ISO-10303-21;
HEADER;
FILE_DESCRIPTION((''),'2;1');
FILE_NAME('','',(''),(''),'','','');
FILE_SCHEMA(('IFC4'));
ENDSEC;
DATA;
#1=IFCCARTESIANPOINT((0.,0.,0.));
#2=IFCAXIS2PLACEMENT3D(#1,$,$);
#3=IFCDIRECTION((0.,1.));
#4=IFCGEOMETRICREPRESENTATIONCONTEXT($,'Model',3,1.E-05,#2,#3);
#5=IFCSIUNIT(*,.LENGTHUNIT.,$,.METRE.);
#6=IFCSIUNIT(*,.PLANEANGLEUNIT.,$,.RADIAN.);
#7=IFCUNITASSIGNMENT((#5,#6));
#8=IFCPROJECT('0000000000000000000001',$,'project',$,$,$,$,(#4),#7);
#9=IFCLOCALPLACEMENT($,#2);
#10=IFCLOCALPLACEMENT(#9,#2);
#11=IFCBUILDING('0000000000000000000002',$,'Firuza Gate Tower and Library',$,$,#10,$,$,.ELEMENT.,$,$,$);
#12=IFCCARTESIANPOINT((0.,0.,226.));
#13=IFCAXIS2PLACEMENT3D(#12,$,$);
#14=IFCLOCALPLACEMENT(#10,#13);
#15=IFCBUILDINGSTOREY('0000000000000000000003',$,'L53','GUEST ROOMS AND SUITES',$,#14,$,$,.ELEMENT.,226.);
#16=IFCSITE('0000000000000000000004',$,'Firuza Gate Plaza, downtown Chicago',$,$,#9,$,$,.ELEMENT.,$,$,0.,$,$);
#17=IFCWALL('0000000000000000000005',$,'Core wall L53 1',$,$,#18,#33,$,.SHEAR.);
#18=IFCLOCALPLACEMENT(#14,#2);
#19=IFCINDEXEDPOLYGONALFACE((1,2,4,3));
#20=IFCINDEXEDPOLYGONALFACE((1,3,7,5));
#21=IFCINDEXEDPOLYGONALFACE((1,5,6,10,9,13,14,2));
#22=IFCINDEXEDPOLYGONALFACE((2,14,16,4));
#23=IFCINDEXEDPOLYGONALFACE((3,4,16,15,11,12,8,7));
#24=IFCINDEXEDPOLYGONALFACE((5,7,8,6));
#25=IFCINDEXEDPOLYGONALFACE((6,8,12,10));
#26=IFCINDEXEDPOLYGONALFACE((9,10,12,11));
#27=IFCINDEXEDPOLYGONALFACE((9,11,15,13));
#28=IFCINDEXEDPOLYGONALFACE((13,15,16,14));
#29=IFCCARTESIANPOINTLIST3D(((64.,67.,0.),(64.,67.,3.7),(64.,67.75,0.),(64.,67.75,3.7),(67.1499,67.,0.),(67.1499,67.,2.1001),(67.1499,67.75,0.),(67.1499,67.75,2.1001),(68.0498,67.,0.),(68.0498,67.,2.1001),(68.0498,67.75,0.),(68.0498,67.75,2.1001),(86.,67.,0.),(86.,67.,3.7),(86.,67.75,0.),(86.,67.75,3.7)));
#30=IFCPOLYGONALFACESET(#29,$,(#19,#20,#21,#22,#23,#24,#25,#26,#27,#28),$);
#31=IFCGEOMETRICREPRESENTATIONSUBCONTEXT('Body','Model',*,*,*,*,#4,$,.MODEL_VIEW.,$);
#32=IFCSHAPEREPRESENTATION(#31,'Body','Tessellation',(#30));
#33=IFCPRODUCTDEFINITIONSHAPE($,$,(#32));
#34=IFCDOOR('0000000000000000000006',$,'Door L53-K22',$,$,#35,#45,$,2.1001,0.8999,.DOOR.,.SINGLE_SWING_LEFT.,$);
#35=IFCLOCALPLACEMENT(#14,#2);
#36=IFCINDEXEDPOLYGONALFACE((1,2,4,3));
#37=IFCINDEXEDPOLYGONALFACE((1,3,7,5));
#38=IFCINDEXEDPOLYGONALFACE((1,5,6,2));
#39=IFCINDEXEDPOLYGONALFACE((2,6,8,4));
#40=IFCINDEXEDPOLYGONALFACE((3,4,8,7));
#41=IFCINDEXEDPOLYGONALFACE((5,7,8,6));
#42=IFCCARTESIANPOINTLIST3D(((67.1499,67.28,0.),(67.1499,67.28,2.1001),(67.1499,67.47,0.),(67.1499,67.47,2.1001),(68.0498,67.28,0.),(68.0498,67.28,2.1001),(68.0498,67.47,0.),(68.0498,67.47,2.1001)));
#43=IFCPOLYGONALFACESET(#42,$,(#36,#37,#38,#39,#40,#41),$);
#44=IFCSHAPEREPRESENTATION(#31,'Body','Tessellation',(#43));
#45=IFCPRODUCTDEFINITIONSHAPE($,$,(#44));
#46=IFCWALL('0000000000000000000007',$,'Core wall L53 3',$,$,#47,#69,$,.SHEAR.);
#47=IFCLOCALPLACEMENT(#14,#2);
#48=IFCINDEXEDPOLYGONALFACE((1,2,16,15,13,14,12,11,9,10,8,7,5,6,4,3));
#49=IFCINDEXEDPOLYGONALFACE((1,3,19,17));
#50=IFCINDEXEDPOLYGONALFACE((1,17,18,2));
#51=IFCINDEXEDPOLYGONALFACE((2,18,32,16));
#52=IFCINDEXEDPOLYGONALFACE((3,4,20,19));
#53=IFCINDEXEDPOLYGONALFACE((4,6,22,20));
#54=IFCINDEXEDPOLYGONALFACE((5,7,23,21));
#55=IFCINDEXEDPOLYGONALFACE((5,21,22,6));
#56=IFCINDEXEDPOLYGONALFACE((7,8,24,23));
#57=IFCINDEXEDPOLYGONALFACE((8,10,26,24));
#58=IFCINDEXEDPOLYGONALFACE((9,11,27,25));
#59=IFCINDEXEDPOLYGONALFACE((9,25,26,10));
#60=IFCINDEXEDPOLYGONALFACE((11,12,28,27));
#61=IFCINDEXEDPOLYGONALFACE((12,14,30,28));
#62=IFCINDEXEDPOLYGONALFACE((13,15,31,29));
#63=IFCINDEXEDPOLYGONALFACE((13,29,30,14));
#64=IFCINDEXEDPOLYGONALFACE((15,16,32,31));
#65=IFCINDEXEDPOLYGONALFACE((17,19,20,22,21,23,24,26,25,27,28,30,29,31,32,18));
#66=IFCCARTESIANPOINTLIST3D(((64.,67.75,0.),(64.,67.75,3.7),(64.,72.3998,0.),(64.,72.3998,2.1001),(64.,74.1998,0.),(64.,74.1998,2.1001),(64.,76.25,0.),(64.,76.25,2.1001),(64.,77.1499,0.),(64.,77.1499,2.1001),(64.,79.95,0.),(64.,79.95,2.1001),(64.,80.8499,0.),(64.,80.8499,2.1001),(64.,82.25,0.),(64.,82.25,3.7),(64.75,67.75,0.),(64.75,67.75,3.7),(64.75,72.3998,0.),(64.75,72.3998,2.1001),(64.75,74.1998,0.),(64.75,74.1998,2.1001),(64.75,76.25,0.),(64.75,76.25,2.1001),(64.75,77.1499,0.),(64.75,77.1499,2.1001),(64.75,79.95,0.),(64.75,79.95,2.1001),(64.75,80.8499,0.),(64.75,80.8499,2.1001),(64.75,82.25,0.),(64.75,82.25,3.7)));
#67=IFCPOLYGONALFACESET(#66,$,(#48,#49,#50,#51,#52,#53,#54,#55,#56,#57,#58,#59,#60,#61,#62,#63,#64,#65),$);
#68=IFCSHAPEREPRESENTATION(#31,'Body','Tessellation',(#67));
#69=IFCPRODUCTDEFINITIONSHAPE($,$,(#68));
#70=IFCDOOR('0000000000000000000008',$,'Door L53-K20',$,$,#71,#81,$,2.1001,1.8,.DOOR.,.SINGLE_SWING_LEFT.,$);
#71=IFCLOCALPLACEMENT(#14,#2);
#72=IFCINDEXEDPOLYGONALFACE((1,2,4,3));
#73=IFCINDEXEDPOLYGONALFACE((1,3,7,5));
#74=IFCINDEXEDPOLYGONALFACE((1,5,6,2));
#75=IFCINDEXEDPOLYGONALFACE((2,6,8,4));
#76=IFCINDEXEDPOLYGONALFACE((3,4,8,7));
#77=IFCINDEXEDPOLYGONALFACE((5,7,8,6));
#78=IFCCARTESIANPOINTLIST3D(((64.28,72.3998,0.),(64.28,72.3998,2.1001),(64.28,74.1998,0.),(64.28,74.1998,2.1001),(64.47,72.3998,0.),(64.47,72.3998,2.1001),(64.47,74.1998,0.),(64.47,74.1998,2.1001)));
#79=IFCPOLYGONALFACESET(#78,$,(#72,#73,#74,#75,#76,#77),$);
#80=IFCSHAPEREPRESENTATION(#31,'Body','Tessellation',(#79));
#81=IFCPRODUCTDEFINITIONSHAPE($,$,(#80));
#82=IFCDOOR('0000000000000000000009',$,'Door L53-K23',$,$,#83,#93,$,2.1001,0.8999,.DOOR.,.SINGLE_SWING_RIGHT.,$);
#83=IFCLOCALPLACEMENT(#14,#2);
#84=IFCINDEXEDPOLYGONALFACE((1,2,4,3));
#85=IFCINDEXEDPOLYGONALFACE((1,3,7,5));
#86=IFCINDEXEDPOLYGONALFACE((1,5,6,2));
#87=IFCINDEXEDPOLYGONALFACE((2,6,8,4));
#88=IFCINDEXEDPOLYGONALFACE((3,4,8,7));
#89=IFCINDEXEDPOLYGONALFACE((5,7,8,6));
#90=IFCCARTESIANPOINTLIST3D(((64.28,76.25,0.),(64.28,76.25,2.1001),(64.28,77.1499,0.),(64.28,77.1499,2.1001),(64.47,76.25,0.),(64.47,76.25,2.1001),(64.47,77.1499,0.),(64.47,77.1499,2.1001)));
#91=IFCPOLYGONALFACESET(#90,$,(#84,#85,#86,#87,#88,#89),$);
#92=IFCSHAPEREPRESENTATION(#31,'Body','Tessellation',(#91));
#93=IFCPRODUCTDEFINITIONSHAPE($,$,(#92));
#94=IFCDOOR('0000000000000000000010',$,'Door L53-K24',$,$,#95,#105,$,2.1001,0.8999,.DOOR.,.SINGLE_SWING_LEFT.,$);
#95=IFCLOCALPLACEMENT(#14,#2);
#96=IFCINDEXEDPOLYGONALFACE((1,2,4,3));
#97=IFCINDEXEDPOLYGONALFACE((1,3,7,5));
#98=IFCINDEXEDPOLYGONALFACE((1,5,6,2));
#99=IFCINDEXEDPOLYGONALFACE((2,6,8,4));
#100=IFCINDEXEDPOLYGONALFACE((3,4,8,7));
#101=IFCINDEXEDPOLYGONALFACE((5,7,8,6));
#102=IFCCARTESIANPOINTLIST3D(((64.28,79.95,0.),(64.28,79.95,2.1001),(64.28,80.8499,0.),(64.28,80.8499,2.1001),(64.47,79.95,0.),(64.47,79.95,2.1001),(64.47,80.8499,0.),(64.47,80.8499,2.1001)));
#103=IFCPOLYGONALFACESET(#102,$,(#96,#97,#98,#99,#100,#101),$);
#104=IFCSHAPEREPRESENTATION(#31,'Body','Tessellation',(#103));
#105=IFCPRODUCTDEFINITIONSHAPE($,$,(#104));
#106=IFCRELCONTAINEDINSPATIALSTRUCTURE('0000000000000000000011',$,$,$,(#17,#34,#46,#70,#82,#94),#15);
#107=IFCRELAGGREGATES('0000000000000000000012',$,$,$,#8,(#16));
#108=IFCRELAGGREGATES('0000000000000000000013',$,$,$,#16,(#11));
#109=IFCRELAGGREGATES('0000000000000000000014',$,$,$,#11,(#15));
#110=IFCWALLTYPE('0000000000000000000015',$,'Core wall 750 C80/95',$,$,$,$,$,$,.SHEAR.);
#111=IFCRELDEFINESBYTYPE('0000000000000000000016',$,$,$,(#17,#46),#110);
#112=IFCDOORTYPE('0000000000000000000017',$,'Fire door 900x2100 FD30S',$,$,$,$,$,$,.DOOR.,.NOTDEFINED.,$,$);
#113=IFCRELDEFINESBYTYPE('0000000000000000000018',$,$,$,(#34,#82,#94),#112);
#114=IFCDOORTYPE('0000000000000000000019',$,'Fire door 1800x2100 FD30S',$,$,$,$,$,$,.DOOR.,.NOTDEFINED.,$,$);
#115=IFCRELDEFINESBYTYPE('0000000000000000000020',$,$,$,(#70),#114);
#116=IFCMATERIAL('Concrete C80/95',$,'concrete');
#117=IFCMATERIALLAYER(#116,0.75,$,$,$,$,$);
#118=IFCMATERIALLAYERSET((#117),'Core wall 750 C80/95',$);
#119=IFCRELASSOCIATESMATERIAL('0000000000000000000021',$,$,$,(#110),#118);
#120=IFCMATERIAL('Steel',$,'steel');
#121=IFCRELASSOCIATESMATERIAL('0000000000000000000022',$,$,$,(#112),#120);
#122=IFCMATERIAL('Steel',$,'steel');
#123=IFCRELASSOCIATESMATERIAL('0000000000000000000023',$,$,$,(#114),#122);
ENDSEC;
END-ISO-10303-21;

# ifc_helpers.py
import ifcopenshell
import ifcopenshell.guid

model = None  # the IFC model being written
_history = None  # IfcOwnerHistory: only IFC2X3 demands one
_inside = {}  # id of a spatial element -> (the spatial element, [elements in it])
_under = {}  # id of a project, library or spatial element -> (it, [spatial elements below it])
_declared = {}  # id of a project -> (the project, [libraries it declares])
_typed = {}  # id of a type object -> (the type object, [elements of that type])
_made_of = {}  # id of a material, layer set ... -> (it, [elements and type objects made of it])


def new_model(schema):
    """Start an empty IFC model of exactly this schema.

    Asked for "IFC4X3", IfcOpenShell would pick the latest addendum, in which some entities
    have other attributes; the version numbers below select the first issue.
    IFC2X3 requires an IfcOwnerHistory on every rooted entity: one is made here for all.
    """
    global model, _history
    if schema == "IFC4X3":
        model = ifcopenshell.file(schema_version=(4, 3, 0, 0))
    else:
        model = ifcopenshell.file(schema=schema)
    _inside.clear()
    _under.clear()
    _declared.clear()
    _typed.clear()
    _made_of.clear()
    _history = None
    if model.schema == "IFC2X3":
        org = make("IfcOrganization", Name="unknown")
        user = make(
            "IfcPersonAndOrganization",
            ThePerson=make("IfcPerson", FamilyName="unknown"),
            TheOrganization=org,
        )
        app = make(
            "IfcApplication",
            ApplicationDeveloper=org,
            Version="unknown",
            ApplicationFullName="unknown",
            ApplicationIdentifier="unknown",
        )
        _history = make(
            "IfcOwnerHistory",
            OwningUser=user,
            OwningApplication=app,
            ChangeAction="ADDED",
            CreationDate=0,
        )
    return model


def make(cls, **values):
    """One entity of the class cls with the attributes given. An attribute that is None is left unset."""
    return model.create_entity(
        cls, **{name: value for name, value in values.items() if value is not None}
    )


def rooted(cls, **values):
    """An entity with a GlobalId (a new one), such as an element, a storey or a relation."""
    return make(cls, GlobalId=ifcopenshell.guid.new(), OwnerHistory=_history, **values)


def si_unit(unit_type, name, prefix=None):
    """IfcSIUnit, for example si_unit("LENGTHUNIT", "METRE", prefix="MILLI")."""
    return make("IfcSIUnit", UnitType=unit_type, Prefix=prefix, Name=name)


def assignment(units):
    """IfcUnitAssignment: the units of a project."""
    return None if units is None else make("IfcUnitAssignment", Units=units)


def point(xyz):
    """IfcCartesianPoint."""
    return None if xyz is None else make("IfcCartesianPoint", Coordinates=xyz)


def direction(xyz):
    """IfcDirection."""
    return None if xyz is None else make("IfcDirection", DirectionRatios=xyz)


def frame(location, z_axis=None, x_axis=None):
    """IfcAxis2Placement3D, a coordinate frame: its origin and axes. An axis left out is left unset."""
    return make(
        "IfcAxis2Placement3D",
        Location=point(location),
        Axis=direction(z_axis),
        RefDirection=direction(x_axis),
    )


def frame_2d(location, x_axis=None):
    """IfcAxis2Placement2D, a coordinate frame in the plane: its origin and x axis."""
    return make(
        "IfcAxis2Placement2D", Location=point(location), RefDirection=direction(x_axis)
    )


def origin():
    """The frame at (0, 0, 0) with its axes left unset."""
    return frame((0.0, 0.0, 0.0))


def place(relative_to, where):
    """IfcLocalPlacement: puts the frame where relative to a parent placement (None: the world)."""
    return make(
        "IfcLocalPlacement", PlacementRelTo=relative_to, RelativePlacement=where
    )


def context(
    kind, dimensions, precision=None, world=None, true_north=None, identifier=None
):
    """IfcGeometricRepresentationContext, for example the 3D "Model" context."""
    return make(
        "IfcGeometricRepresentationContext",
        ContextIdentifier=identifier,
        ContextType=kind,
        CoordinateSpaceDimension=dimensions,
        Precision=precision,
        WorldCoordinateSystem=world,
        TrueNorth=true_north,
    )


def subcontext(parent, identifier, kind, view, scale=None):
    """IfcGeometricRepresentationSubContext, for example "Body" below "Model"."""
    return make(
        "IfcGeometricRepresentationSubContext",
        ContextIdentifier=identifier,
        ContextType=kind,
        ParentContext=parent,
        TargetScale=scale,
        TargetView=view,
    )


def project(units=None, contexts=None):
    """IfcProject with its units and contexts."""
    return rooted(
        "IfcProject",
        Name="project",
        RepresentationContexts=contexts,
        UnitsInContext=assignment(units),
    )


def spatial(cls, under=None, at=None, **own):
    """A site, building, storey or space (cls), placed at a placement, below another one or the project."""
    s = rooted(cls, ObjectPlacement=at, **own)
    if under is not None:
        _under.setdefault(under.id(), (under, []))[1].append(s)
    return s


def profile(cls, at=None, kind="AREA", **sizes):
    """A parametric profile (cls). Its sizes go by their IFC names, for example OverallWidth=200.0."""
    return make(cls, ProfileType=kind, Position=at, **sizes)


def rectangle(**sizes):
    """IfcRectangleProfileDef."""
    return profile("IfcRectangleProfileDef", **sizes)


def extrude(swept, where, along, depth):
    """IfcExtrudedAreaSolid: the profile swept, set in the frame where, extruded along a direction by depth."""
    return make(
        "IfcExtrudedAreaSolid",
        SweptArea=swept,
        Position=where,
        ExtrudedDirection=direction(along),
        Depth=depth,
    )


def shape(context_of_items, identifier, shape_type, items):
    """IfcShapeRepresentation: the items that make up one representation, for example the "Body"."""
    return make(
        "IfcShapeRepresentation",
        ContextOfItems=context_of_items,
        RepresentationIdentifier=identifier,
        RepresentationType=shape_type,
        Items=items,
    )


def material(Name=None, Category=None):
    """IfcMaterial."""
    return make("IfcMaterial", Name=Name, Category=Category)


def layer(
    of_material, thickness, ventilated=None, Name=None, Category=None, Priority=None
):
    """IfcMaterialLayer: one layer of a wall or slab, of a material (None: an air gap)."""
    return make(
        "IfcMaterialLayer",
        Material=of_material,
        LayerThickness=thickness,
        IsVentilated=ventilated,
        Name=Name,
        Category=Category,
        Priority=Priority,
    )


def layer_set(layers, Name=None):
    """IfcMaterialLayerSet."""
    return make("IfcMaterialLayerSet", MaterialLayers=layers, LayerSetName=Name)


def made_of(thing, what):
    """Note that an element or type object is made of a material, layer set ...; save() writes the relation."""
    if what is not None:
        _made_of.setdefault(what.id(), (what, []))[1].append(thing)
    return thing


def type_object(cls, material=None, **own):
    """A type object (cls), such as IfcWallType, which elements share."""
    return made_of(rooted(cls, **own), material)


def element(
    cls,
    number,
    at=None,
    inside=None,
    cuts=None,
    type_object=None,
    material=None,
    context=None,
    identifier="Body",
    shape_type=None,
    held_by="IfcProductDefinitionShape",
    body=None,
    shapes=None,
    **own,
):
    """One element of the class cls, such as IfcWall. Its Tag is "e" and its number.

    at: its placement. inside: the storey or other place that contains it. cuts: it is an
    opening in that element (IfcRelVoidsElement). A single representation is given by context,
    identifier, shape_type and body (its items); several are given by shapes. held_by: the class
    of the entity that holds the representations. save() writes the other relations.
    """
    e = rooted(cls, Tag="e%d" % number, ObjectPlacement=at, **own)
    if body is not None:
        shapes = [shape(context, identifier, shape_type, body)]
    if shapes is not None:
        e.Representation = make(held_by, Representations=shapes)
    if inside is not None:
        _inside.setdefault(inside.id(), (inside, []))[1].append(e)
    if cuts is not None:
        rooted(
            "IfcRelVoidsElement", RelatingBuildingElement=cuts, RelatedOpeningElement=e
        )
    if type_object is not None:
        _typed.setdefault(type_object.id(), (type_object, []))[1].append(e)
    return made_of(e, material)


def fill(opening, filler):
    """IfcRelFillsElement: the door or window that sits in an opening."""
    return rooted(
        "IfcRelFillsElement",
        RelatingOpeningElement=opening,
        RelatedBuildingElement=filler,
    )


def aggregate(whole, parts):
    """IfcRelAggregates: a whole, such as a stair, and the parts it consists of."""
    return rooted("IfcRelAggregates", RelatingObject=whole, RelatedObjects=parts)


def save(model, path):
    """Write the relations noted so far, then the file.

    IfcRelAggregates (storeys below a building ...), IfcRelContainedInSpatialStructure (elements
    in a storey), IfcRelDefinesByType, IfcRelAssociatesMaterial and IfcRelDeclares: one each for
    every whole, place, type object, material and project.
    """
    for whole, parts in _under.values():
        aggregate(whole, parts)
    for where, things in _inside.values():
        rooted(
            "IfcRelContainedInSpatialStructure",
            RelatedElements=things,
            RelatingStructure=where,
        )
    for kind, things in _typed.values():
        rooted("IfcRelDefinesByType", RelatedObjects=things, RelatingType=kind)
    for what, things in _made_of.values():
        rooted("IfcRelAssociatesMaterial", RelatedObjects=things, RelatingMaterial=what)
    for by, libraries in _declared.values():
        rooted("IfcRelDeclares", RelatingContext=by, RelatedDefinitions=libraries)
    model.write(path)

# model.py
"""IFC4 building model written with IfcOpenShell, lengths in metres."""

from ifc_helpers import new_model, si_unit, direction, frame, frame_2d, origin, place, context, subcontext, project, spatial, rectangle, extrude, material, layer, layer_set, type_object, element, fill, save


model = new_model("IFC4")

# Units and contexts
model_context = context("Model", 3, precision=1e-05, world=origin(), true_north=direction((0.0, 1.0)))
body_context = subcontext(model_context, "Body", "Model", "MODEL_VIEW")
ifc_project = project(units=[si_unit("LENGTHUNIT", "METRE"), si_unit("PLANEANGLEUNIT", "RADIAN")], contexts=[model_context])

# Site, building, storey
site_placement = place(None, origin())
site = spatial("IfcSite", under=ifc_project, at=site_placement, Name="Firuza Gate Plaza, downtown Chicago", CompositionType="ELEMENT", RefElevation=0.0)
building_placement = place(site_placement, origin())
building = spatial("IfcBuilding", under=site, at=building_placement, Name="Firuza Gate Tower and Library", CompositionType="ELEMENT")
storey_placement = place(building_placement, frame((0.0, 0.0, 226.0)))
storey = spatial("IfcBuildingStorey", under=building, at=storey_placement, Name="L53", Description="GUEST ROOMS AND SUITES", CompositionType="ELEMENT", Elevation=226.0)

# Wall, opening, door
ifc_material_1 = material(Name="Concrete C80/95", Category="concrete")
ifc_layer_1 = layer(ifc_material_1, 0.75)
ifc_layer_set_1 = layer_set([ifc_layer_1], Name="Core wall 750 C80/95")
wall_type_1 = type_object("IfcWallType", Name="Core wall 750 C80/95", PredefinedType="SHEAR", material=ifc_layer_set_1)
wall_1_placement = place(storey_placement, frame((64.0, 67.375, 0.0), z_axis=(0.0, 0.0, 1.0), x_axis=(1.0, 0.0, 0.0)))
wall_1 = element("IfcWall", 1, at=wall_1_placement, inside=storey, type_object=wall_type_1, Name="Core wall L53 1", PredefinedType="SHEAR", context=body_context, shape_type="SweptSolid", body=[
    extrude(rectangle(XDim=22.0, YDim=0.75, at=frame_2d((11.0, 0.0))), origin(), (0.0, 0.0, 1.0), 3.7),
])
opening_1_placement = place(wall_1_placement, frame((3.1499, 0.0, 0.0)))
opening_1 = element("IfcOpeningElement", 2, at=opening_1_placement, cuts=wall_1, PredefinedType="OPENING", context=body_context, shape_type="SweptSolid", body=[
    extrude(rectangle(XDim=0.8999, YDim=2.1001, at=frame_2d((0.45, 1.05))), frame((0.0, 0.385, 0.0), z_axis=(0.0, -1.0, 0.0), x_axis=(1.0, 0.0, 0.0)), (0.0, 0.0, 1.0), 0.77),
])
ifc_material_2 = material(Name="Steel", Category="steel")
door_type_1 = type_object("IfcDoorType", Name="Fire door 900x2100 FD30S", OperationType="NOTDEFINED", PredefinedType="DOOR", material=ifc_material_2)
door_1_placement = place(opening_1_placement, origin())
door_1 = element("IfcDoor", 3, at=door_1_placement, inside=storey, type_object=door_type_1, Name="Door L53-K22", OperationType="SINGLE_SWING_LEFT", OverallHeight=2.1001, OverallWidth=0.8999, PredefinedType="DOOR", context=body_context, shape_type="SweptSolid", body=[
    extrude(rectangle(XDim=0.8999, YDim=2.1001, at=frame_2d((0.45, 1.05))), frame((0.0, 0.095, 0.0), z_axis=(0.0, -1.0, 0.0), x_axis=(1.0, 0.0, 0.0)), (0.0, 0.0, 1.0), 0.1899),
])
fill(opening_1, door_1)

# Wall, openings, doors
wall_2_placement = place(storey_placement, frame((64.375, 67.75, 0.0), z_axis=(0.0, 0.0, 1.0), x_axis=(0.0, 1.0, 0.0)))
wall_2 = element("IfcWall", 4, at=wall_2_placement, inside=storey, type_object=wall_type_1, Name="Core wall L53 3", PredefinedType="SHEAR", context=body_context, shape_type="SweptSolid", body=[
    extrude(rectangle(XDim=14.5, YDim=0.75, at=frame_2d((7.25, 0.0))), origin(), (0.0, 0.0, 1.0), 3.7),
])
opening_2_placement = place(wall_2_placement, frame((4.6499, 0.0, 0.0)))
opening_2 = element("IfcOpeningElement", 5, at=opening_2_placement, cuts=wall_2, PredefinedType="OPENING", context=body_context, shape_type="SweptSolid", body=[
    extrude(rectangle(XDim=1.8, YDim=2.1001, at=frame_2d((0.8999, 1.05))), frame((0.0, 0.385, 0.0), z_axis=(0.0, -1.0, 0.0), x_axis=(1.0, 0.0, 0.0)), (0.0, 0.0, 1.0), 0.77),
])
opening_3_placement = place(wall_2_placement, frame((8.5, 0.0, 0.0)))
opening_3 = element("IfcOpeningElement", 6, at=opening_3_placement, cuts=wall_2, PredefinedType="OPENING", context=body_context, shape_type="SweptSolid", body=[
    extrude(rectangle(XDim=0.8999, YDim=2.1001, at=frame_2d((0.45, 1.05))), frame((0.0, 0.385, 0.0), z_axis=(0.0, -1.0, 0.0), x_axis=(1.0, 0.0, 0.0)), (0.0, 0.0, 1.0), 0.77),
])
opening_4_placement = place(wall_2_placement, frame((12.2, 0.0, 0.0)))
opening_4 = element("IfcOpeningElement", 7, at=opening_4_placement, cuts=wall_2, PredefinedType="OPENING", context=body_context, shape_type="SweptSolid", body=[
    extrude(rectangle(XDim=0.8999, YDim=2.1001, at=frame_2d((0.45, 1.05))), frame((0.0, 0.385, 0.0), z_axis=(0.0, -1.0, 0.0), x_axis=(1.0, 0.0, 0.0)), (0.0, 0.0, 1.0), 0.77),
])
ifc_material_3 = material(Name="Steel", Category="steel")
door_type_2 = type_object("IfcDoorType", Name="Fire door 1800x2100 FD30S", OperationType="NOTDEFINED", PredefinedType="DOOR", material=ifc_material_3)
door_2_placement = place(opening_2_placement, origin())
door_2 = element("IfcDoor", 8, at=door_2_placement, inside=storey, type_object=door_type_2, Name="Door L53-K20", OperationType="SINGLE_SWING_LEFT", OverallHeight=2.1001, OverallWidth=1.8, PredefinedType="DOOR", context=body_context, shape_type="SweptSolid", body=[
    extrude(rectangle(XDim=1.8, YDim=2.1001, at=frame_2d((0.8999, 1.05))), frame((0.0, 0.095, 0.0), z_axis=(0.0, -1.0, 0.0), x_axis=(1.0, 0.0, 0.0)), (0.0, 0.0, 1.0), 0.1899),
])
fill(opening_2, door_2)
door_3_placement = place(opening_3_placement, origin())
door_3 = element("IfcDoor", 9, at=door_3_placement, inside=storey, type_object=door_type_1, Name="Door L53-K23", OperationType="SINGLE_SWING_RIGHT", OverallHeight=2.1001, OverallWidth=0.8999, PredefinedType="DOOR", context=body_context, shape_type="SweptSolid", body=[
    extrude(rectangle(XDim=0.8999, YDim=2.1001, at=frame_2d((0.45, 1.05))), frame((0.0, 0.095, 0.0), z_axis=(0.0, -1.0, 0.0), x_axis=(1.0, 0.0, 0.0)), (0.0, 0.0, 1.0), 0.1899),
])
fill(opening_3, door_3)
door_4_placement = place(opening_4_placement, origin())
door_4 = element("IfcDoor", 10, at=door_4_placement, inside=storey, type_object=door_type_1, Name="Door L53-K24", OperationType="SINGLE_SWING_LEFT", OverallHeight=2.1001, OverallWidth=0.8999, PredefinedType="DOOR", context=body_context, shape_type="SweptSolid", body=[
    extrude(rectangle(XDim=0.8999, YDim=2.1001, at=frame_2d((0.45, 1.05))), frame((0.0, 0.095, 0.0), z_axis=(0.0, -1.0, 0.0), x_axis=(1.0, 0.0, 0.0)), (0.0, 0.0, 1.0), 0.1899),
])
fill(opening_4, door_4)

save(model, "model.ifc")
